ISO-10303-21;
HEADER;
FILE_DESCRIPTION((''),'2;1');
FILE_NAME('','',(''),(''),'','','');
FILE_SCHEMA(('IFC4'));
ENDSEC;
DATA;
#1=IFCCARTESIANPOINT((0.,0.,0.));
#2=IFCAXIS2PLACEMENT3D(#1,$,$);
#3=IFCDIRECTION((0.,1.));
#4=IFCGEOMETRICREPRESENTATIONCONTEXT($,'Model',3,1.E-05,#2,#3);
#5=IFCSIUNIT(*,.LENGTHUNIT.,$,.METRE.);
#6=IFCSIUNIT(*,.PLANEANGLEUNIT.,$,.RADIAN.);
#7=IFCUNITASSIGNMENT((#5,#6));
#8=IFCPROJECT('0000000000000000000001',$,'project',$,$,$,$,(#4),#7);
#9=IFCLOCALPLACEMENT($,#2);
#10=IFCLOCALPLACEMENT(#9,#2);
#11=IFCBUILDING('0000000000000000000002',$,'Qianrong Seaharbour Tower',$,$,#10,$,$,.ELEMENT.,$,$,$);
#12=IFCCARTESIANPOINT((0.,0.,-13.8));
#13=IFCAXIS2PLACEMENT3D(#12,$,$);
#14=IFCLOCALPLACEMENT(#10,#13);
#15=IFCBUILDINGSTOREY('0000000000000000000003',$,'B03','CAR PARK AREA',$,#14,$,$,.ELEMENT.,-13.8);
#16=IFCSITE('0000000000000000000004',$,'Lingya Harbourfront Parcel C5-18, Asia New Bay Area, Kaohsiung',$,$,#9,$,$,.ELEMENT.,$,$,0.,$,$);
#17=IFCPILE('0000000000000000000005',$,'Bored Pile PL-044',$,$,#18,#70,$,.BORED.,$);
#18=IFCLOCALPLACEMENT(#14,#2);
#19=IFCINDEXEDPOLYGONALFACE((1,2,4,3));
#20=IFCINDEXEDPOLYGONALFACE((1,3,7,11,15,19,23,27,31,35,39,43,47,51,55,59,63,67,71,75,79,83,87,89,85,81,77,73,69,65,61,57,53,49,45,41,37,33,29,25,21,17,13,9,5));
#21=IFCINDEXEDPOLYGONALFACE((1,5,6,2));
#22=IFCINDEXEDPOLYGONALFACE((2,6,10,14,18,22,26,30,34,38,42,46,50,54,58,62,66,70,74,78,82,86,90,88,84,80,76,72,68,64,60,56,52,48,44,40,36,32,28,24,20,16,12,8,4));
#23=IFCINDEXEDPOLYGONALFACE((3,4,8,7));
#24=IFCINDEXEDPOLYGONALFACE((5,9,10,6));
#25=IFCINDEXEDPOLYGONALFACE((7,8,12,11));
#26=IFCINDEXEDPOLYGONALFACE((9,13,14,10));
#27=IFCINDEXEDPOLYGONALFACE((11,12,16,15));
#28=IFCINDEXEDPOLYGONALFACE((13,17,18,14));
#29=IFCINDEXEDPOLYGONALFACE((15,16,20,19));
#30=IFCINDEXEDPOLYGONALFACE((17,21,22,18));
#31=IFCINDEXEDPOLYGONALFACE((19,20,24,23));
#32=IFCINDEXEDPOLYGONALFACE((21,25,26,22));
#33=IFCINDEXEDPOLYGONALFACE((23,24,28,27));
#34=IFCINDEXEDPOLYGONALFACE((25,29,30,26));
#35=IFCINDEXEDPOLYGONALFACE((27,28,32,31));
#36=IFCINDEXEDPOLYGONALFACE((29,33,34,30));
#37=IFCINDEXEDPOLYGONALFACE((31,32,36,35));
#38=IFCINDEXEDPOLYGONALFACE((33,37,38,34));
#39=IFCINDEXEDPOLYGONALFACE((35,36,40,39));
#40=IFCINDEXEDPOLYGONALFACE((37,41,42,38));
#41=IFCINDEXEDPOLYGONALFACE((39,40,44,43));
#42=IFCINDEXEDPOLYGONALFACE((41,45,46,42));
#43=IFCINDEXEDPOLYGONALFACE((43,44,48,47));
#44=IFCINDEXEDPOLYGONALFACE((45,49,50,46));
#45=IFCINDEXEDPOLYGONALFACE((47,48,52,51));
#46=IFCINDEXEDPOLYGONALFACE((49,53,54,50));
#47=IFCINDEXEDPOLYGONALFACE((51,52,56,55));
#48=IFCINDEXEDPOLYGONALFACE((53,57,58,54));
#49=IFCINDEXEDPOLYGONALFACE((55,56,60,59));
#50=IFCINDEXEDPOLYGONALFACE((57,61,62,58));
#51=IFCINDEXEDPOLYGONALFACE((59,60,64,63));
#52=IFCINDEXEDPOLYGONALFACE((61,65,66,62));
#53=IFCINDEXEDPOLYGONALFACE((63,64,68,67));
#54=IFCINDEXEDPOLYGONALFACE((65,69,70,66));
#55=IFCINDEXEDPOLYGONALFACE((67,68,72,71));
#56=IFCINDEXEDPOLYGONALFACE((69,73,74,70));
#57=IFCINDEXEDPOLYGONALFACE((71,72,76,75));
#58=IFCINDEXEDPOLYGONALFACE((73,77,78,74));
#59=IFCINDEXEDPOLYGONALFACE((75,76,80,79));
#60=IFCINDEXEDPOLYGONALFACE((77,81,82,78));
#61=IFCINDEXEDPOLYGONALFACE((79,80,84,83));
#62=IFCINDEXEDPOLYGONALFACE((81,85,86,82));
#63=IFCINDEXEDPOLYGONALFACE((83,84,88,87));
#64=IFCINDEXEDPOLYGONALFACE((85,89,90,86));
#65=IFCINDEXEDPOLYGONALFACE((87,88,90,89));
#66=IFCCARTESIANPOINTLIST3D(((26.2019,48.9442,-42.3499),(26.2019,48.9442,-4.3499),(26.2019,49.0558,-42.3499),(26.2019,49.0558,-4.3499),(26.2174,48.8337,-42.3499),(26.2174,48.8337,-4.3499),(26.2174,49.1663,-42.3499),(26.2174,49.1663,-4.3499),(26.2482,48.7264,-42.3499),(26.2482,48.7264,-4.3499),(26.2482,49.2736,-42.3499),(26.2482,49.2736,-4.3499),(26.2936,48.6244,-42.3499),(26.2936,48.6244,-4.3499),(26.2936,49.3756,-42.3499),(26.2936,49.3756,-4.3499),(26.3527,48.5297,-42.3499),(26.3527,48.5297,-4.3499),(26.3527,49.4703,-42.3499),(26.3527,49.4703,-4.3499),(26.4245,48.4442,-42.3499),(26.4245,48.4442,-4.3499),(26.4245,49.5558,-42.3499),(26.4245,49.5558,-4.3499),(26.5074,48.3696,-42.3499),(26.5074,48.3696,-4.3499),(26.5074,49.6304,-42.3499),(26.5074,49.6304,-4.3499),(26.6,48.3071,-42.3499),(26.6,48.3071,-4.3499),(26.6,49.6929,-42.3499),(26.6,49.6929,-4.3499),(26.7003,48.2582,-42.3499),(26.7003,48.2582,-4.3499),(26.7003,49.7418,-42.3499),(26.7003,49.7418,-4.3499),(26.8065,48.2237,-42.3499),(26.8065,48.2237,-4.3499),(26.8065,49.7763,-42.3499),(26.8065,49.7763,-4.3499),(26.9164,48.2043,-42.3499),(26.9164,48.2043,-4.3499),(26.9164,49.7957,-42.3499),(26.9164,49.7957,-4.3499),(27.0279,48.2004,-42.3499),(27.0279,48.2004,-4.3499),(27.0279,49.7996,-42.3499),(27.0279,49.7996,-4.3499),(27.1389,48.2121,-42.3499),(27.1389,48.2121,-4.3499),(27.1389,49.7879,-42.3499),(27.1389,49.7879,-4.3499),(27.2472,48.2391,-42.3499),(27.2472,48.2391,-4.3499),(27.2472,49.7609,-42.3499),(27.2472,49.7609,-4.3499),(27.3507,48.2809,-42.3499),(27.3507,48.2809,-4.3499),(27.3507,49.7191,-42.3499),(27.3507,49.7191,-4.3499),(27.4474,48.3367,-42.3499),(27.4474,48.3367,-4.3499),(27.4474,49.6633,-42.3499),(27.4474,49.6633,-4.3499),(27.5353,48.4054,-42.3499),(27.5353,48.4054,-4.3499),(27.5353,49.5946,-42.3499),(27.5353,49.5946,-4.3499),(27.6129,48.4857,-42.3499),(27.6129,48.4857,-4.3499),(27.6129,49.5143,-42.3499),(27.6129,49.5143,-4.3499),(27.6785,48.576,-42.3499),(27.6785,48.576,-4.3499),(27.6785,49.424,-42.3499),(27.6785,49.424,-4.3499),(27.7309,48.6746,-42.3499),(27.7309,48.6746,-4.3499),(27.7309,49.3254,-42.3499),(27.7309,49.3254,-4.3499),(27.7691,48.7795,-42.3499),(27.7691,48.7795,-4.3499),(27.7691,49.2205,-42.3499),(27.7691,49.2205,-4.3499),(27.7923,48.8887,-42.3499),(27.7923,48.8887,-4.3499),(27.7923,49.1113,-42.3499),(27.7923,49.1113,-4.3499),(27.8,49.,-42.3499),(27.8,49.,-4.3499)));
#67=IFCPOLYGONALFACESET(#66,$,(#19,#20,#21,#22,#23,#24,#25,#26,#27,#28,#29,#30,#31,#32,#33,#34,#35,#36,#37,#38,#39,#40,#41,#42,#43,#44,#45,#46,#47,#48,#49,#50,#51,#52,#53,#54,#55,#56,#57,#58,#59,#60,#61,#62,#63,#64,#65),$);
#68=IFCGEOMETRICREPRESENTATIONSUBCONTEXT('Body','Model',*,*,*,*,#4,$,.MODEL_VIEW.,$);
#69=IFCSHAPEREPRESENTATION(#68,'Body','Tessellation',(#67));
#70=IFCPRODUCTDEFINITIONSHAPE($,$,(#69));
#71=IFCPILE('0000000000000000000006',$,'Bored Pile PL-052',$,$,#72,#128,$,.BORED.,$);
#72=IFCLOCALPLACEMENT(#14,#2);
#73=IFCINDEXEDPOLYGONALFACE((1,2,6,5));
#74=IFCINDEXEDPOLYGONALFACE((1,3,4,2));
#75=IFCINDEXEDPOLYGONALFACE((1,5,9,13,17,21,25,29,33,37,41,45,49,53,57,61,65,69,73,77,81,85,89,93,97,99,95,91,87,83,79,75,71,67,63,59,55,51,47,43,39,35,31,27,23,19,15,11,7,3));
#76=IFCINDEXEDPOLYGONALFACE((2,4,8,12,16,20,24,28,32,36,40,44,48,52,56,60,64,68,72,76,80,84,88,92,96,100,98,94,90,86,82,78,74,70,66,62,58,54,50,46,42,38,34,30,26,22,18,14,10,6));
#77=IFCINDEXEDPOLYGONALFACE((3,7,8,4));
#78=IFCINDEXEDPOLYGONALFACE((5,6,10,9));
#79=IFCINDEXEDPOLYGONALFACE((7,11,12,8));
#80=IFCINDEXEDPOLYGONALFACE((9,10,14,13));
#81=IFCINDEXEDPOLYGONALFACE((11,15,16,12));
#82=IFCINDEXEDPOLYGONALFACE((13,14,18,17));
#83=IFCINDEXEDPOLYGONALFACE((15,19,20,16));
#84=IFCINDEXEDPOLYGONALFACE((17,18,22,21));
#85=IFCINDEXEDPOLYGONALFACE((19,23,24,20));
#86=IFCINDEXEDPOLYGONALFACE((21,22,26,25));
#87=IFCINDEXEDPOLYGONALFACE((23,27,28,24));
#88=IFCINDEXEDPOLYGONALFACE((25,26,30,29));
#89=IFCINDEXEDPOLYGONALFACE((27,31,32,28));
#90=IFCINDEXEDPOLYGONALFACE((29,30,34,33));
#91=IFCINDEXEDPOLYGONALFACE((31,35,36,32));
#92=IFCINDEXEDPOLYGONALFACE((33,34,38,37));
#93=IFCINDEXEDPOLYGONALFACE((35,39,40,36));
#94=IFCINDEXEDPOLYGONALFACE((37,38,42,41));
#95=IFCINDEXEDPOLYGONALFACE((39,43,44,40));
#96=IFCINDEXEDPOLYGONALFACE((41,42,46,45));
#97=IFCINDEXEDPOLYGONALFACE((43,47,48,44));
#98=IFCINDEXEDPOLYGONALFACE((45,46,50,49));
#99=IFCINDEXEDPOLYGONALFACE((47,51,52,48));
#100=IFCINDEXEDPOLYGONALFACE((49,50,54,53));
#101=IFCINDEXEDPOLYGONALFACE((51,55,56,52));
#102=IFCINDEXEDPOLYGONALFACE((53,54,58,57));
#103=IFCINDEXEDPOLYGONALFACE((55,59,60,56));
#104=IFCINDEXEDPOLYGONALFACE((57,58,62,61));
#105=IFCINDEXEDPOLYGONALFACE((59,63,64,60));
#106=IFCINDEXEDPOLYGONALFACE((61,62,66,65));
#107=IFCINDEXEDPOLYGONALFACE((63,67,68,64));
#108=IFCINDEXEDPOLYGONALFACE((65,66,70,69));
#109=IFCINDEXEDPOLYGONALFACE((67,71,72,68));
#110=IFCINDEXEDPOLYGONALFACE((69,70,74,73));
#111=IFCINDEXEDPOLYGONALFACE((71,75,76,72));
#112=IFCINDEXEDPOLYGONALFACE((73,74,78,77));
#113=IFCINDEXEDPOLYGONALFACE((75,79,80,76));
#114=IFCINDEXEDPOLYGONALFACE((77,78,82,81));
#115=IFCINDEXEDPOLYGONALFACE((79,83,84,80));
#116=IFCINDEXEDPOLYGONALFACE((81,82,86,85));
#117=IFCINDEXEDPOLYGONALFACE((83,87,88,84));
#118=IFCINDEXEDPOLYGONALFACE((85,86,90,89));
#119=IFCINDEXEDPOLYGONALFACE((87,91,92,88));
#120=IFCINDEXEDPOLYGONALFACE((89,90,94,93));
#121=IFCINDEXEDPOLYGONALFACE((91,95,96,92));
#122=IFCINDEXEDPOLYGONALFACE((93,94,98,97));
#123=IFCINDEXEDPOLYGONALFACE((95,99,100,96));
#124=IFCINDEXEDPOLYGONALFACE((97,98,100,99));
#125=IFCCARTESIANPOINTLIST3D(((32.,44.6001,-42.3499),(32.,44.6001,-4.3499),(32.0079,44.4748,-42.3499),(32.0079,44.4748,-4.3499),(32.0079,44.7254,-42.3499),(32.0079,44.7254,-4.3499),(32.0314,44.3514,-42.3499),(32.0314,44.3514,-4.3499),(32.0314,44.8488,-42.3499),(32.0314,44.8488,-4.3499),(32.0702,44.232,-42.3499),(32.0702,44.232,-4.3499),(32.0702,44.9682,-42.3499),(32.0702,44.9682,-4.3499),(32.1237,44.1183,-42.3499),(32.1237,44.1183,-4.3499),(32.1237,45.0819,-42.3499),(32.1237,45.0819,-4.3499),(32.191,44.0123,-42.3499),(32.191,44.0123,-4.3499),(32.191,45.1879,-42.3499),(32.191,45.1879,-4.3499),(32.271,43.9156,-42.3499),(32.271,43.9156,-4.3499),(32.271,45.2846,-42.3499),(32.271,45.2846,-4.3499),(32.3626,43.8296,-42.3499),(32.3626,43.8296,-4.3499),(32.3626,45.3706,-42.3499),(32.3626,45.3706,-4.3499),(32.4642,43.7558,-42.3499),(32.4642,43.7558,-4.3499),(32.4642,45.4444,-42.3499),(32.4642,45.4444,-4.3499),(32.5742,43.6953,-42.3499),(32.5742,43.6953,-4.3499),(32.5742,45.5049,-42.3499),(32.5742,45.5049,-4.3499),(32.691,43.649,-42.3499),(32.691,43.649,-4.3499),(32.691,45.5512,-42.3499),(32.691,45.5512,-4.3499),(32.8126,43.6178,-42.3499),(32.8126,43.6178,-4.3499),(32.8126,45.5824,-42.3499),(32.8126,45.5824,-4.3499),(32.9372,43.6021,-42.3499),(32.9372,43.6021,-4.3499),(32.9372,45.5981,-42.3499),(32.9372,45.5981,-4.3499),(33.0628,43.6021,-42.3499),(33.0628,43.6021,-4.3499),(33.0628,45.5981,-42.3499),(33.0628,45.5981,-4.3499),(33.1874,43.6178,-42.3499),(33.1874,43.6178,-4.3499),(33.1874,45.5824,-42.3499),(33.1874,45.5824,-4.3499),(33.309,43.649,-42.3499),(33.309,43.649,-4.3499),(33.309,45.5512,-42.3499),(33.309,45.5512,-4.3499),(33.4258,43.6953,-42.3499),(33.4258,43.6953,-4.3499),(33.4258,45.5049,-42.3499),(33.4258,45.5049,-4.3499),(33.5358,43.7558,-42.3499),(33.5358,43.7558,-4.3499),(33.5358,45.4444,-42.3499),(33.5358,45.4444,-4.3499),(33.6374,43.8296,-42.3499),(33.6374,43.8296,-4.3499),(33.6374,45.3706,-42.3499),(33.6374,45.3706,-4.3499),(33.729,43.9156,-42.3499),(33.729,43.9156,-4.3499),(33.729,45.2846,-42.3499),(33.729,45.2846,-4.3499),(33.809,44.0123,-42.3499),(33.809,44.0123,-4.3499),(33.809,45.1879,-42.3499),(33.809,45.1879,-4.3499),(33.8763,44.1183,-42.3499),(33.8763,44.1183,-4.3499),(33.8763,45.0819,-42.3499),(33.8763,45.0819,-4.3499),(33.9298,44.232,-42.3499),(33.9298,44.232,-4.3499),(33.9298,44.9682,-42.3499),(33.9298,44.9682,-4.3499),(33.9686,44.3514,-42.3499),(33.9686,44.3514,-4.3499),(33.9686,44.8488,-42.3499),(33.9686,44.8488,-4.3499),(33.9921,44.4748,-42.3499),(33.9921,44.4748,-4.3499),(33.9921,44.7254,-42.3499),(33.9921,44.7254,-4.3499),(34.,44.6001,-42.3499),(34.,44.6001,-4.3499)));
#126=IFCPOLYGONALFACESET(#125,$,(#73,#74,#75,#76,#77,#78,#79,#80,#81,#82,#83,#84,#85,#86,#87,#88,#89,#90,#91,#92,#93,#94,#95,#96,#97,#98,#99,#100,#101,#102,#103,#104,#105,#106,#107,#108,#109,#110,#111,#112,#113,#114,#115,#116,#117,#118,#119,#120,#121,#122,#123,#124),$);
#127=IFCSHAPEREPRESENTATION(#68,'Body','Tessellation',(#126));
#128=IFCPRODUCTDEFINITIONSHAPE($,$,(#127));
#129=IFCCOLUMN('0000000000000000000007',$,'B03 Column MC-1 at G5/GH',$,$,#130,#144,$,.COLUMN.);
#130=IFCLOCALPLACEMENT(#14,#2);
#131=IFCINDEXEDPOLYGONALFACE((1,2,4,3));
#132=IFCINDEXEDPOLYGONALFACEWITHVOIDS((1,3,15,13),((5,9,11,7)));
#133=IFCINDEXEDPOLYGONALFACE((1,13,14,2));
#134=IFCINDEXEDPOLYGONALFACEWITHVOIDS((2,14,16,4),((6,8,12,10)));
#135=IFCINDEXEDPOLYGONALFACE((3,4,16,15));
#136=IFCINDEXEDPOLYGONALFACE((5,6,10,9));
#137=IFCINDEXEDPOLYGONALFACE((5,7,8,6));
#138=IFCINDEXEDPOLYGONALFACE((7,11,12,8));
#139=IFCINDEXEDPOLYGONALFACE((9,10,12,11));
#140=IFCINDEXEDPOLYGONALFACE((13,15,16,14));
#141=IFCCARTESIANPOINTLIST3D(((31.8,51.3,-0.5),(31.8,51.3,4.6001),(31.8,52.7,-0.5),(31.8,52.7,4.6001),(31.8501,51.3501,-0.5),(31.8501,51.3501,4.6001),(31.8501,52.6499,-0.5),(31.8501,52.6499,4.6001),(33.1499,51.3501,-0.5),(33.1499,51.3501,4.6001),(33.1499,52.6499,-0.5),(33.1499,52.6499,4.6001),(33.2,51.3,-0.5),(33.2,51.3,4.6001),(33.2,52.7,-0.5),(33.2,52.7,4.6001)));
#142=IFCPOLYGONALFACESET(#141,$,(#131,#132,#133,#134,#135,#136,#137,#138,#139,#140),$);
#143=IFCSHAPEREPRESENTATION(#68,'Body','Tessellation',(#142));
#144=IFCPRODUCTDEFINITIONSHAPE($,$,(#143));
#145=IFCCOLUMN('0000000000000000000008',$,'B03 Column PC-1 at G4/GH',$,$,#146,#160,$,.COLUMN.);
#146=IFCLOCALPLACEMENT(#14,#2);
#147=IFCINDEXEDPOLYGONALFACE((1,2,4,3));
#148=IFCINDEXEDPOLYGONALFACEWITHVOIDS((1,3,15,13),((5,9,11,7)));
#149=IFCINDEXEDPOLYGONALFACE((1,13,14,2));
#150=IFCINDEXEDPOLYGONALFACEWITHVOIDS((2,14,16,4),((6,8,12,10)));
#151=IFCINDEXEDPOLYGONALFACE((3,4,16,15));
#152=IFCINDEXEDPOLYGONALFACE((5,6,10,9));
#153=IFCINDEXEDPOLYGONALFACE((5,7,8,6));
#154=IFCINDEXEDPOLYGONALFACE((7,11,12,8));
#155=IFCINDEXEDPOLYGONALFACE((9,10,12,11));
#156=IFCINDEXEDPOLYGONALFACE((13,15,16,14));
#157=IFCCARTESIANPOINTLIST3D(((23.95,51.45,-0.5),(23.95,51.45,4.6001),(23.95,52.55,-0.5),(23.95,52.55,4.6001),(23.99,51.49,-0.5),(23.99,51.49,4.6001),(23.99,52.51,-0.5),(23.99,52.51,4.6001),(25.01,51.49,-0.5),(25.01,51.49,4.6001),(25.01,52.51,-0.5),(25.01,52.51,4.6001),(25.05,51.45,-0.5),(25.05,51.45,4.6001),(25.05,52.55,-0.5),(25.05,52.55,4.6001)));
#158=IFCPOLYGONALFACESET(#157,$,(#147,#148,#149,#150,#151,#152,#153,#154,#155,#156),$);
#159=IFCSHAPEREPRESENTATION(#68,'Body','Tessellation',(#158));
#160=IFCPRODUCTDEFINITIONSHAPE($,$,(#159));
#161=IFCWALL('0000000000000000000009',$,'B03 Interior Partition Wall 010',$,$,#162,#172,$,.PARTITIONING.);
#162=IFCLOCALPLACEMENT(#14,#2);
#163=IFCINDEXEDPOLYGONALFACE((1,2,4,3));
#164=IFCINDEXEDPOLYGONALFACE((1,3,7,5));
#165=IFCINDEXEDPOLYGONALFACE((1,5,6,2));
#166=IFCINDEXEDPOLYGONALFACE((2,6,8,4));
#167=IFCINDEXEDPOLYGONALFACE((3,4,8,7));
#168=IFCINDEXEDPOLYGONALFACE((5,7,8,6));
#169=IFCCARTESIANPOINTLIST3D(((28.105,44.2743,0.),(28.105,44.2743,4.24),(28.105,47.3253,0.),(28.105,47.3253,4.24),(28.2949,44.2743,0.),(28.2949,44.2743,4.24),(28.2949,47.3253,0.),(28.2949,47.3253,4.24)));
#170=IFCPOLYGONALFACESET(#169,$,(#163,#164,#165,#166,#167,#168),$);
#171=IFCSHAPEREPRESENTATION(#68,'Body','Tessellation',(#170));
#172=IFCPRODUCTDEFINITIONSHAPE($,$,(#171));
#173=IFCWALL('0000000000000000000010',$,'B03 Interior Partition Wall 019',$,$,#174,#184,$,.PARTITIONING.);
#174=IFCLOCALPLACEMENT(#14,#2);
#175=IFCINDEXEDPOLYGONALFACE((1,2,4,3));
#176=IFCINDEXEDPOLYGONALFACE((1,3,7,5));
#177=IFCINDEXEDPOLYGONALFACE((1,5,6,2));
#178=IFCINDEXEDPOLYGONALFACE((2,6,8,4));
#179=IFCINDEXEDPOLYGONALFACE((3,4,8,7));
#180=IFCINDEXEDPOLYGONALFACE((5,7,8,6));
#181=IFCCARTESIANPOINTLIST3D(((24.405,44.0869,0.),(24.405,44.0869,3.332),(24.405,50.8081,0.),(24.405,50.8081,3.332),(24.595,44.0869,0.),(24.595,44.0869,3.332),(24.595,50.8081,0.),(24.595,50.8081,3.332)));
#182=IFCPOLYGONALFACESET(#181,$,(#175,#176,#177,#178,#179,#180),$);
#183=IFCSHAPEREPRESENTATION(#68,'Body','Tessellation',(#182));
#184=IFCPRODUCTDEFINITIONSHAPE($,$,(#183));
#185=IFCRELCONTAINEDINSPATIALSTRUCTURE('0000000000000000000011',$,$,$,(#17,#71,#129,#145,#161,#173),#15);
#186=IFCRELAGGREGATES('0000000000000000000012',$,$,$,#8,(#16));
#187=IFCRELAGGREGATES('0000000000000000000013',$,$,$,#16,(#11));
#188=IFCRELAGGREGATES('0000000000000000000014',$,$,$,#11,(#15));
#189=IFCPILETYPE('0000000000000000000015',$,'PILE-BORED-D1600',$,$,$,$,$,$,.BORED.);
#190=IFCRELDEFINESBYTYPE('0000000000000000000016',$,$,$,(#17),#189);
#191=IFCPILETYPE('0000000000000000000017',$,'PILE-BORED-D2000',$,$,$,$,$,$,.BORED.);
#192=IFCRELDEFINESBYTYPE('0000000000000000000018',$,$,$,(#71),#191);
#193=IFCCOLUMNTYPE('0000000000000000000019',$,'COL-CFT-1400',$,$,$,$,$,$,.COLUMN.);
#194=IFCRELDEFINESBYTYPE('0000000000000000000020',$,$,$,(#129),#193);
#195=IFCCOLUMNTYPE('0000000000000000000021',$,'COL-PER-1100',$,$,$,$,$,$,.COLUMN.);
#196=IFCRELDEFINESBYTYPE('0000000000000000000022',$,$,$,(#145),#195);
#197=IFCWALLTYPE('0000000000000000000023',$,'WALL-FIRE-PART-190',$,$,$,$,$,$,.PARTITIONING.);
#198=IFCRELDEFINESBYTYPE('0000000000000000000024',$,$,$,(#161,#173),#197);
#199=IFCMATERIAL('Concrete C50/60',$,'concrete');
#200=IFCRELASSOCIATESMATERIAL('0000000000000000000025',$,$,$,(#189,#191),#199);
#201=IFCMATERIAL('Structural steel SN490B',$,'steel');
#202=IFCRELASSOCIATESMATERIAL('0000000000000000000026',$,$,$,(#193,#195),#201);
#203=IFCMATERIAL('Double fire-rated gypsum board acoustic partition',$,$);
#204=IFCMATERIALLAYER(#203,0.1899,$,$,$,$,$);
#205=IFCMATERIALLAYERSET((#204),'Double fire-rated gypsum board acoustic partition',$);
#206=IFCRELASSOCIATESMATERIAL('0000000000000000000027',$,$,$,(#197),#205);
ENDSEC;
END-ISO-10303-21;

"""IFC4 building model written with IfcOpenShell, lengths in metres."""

from ifc_helpers import new_model, si_unit, direction, frame, frame_2d, origin, origin_2d, place, context, subcontext, project, spatial, rectangle, hollow_rectangle, circle, extrude, material, layer, layer_set, material_profile, profile_set, type_object, element, save


model = new_model("IFC4")

# Units and contexts
model_context = context("Model", 3, precision=1e-05, world=origin(), true_north=direction((0.0, 1.0)))
body_context = subcontext(model_context, "Body", "Model", "MODEL_VIEW")
ifc_project = project(units=[si_unit("LENGTHUNIT", "METRE"), si_unit("PLANEANGLEUNIT", "RADIAN")], contexts=[model_context])

# Site, building, storey
site_placement = place(None, origin())
site = spatial("IfcSite", under=ifc_project, at=site_placement, Name="Lingya Harbourfront Parcel C5-18, Asia New Bay Area, Kaohsiung", CompositionType="ELEMENT", RefElevation=0.0)
building_placement = place(site_placement, origin())
building = spatial("IfcBuilding", under=site, at=building_placement, Name="Qianrong Seaharbour Tower", CompositionType="ELEMENT")
storey_placement = place(building_placement, frame((0.0, 0.0, -13.8)))
storey = spatial("IfcBuildingStorey", under=building, at=storey_placement, Name="B03", Description="CAR PARK AREA", CompositionType="ELEMENT", Elevation=-13.8)

# Piles
ifc_material_1 = material(Name="Concrete C50/60", Category="concrete")
ifc_material_profile_1 = material_profile(ifc_material_1, circle(Radius=0.8, at=origin_2d()), Name="PILE-D1600")
ifc_profile_set_1 = profile_set([ifc_material_profile_1], Name="Concrete C50/60")
pile_type_1 = type_object("IfcPileType", Name="PILE-BORED-D1600", PredefinedType="BORED", material=ifc_profile_set_1)
for number, where, z_axis, x_axis, name in (
    (1, (27.0, 49.0, -4.3499), (0.0, 0.0, -1.0), (1.0, 0.0, 0.0), "Bored Pile PL-044"),
):
    element("IfcPile", number, at=place(storey_placement, frame(where, z_axis=z_axis, x_axis=x_axis)), inside=storey, type_object=pile_type_1, Name=name, PredefinedType="BORED", context=body_context, shape_type="SweptSolid", body=[
        extrude(circle(Radius=0.8, at=origin_2d()), origin(), (0.0, 0.0, 1.0), 38.0),
    ])
ifc_material_profile_2 = material_profile(ifc_material_1, circle(Radius=1.0, at=origin_2d()), Name="PILE-D2000")
ifc_profile_set_2 = profile_set([ifc_material_profile_2], Name="Concrete C50/60")
pile_type_2 = type_object("IfcPileType", Name="PILE-BORED-D2000", PredefinedType="BORED", material=ifc_profile_set_2)
pile_placement = place(storey_placement, frame((33.0, 44.6001, -4.3499), z_axis=(0.0, 0.0, -1.0), x_axis=(1.0, 0.0, 0.0)))
element("IfcPile", 2, at=pile_placement, inside=storey, type_object=pile_type_2, Name="Bored Pile PL-052", PredefinedType="BORED", context=body_context, shape_type="SweptSolid", body=[
    extrude(circle(Radius=1.0, at=origin_2d()), origin(), (0.0, 0.0, 1.0), 38.0),
])

# Columns
ifc_material_2 = material(Name="Structural steel SN490B", Category="steel")
ifc_material_profile_3 = material_profile(ifc_material_2, hollow_rectangle(XDim=1.3999, YDim=1.3999, WallThickness=0.05, at=origin_2d()), Name="BOX1400x1400x50")
ifc_profile_set_3 = profile_set([ifc_material_profile_3], Name="Structural steel SN490B")
column_type_1 = type_object("IfcColumnType", Name="COL-CFT-1400", PredefinedType="COLUMN", material=ifc_profile_set_3)
column_1_placement = place(storey_placement, frame((32.5, 52.0, -0.5), z_axis=(0.0, 0.0, 1.0), x_axis=(1.0, 0.0, 0.0)))
element("IfcColumn", 3, at=column_1_placement, inside=storey, type_object=column_type_1, Name="B03 Column MC-1 at G5/GH", PredefinedType="COLUMN", context=body_context, shape_type="SweptSolid", body=[
    extrude(hollow_rectangle(XDim=1.3999, YDim=1.3999, WallThickness=0.05, at=origin_2d()), origin(), (0.0, 0.0, 1.0), 5.1001),
])
ifc_material_profile_4 = material_profile(ifc_material_2, hollow_rectangle(XDim=1.1001, YDim=1.1001, WallThickness=0.04, at=origin_2d()), Name="BOX1100x1100x40")
ifc_profile_set_4 = profile_set([ifc_material_profile_4], Name="Structural steel SN490B")
column_type_2 = type_object("IfcColumnType", Name="COL-PER-1100", PredefinedType="COLUMN", material=ifc_profile_set_4)
column_2_placement = place(storey_placement, frame((24.5, 52.0, -0.5), z_axis=(0.0, 0.0, 1.0), x_axis=(1.0, 0.0, 0.0)))
element("IfcColumn", 4, at=column_2_placement, inside=storey, type_object=column_type_2, Name="B03 Column PC-1 at G4/GH", PredefinedType="COLUMN", context=body_context, shape_type="SweptSolid", body=[
    extrude(hollow_rectangle(XDim=1.1001, YDim=1.1001, WallThickness=0.04, at=origin_2d()), origin(), (0.0, 0.0, 1.0), 5.1001),
])

# Walls
ifc_material_3 = material(Name="Double fire-rated gypsum board acoustic partition")
ifc_layer_1 = layer(ifc_material_3, 0.1899)
ifc_layer_set_1 = layer_set([ifc_layer_1], Name="Double fire-rated gypsum board acoustic partition")
wall_type_1 = type_object("IfcWallType", Name="WALL-FIRE-PART-190", PredefinedType="PARTITIONING", material=ifc_layer_set_1)
wall_1_placement = place(storey_placement, frame((28.2, 44.2744, 0.0), z_axis=(0.0, 0.0, 1.0), x_axis=(0.0, 1.0, 0.0)))
element("IfcWall", 5, at=wall_1_placement, inside=storey, type_object=wall_type_1, Name="B03 Interior Partition Wall 010", PredefinedType="PARTITIONING", context=body_context, shape_type="SweptSolid", body=[
    extrude(rectangle(XDim=3.051, YDim=0.1899, at=frame_2d((1.5254, 0.0))), origin(), (0.0, 0.0, 1.0), 4.24),
])
wall_2_placement = place(storey_placement, frame((24.5, 50.8081, 0.0), z_axis=(0.0, 0.0, 1.0), x_axis=(0.0, -1.0, 0.0)))
element("IfcWall", 6, at=wall_2_placement, inside=storey, type_object=wall_type_1, Name="B03 Interior Partition Wall 019", PredefinedType="PARTITIONING", context=body_context, shape_type="SweptSolid", body=[
    extrude(rectangle(XDim=6.7212, YDim=0.1899, at=frame_2d((3.3606, 0.0))), origin(), (0.0, 0.0, 1.0), 3.332),
])

save(model, "model.ifc")
